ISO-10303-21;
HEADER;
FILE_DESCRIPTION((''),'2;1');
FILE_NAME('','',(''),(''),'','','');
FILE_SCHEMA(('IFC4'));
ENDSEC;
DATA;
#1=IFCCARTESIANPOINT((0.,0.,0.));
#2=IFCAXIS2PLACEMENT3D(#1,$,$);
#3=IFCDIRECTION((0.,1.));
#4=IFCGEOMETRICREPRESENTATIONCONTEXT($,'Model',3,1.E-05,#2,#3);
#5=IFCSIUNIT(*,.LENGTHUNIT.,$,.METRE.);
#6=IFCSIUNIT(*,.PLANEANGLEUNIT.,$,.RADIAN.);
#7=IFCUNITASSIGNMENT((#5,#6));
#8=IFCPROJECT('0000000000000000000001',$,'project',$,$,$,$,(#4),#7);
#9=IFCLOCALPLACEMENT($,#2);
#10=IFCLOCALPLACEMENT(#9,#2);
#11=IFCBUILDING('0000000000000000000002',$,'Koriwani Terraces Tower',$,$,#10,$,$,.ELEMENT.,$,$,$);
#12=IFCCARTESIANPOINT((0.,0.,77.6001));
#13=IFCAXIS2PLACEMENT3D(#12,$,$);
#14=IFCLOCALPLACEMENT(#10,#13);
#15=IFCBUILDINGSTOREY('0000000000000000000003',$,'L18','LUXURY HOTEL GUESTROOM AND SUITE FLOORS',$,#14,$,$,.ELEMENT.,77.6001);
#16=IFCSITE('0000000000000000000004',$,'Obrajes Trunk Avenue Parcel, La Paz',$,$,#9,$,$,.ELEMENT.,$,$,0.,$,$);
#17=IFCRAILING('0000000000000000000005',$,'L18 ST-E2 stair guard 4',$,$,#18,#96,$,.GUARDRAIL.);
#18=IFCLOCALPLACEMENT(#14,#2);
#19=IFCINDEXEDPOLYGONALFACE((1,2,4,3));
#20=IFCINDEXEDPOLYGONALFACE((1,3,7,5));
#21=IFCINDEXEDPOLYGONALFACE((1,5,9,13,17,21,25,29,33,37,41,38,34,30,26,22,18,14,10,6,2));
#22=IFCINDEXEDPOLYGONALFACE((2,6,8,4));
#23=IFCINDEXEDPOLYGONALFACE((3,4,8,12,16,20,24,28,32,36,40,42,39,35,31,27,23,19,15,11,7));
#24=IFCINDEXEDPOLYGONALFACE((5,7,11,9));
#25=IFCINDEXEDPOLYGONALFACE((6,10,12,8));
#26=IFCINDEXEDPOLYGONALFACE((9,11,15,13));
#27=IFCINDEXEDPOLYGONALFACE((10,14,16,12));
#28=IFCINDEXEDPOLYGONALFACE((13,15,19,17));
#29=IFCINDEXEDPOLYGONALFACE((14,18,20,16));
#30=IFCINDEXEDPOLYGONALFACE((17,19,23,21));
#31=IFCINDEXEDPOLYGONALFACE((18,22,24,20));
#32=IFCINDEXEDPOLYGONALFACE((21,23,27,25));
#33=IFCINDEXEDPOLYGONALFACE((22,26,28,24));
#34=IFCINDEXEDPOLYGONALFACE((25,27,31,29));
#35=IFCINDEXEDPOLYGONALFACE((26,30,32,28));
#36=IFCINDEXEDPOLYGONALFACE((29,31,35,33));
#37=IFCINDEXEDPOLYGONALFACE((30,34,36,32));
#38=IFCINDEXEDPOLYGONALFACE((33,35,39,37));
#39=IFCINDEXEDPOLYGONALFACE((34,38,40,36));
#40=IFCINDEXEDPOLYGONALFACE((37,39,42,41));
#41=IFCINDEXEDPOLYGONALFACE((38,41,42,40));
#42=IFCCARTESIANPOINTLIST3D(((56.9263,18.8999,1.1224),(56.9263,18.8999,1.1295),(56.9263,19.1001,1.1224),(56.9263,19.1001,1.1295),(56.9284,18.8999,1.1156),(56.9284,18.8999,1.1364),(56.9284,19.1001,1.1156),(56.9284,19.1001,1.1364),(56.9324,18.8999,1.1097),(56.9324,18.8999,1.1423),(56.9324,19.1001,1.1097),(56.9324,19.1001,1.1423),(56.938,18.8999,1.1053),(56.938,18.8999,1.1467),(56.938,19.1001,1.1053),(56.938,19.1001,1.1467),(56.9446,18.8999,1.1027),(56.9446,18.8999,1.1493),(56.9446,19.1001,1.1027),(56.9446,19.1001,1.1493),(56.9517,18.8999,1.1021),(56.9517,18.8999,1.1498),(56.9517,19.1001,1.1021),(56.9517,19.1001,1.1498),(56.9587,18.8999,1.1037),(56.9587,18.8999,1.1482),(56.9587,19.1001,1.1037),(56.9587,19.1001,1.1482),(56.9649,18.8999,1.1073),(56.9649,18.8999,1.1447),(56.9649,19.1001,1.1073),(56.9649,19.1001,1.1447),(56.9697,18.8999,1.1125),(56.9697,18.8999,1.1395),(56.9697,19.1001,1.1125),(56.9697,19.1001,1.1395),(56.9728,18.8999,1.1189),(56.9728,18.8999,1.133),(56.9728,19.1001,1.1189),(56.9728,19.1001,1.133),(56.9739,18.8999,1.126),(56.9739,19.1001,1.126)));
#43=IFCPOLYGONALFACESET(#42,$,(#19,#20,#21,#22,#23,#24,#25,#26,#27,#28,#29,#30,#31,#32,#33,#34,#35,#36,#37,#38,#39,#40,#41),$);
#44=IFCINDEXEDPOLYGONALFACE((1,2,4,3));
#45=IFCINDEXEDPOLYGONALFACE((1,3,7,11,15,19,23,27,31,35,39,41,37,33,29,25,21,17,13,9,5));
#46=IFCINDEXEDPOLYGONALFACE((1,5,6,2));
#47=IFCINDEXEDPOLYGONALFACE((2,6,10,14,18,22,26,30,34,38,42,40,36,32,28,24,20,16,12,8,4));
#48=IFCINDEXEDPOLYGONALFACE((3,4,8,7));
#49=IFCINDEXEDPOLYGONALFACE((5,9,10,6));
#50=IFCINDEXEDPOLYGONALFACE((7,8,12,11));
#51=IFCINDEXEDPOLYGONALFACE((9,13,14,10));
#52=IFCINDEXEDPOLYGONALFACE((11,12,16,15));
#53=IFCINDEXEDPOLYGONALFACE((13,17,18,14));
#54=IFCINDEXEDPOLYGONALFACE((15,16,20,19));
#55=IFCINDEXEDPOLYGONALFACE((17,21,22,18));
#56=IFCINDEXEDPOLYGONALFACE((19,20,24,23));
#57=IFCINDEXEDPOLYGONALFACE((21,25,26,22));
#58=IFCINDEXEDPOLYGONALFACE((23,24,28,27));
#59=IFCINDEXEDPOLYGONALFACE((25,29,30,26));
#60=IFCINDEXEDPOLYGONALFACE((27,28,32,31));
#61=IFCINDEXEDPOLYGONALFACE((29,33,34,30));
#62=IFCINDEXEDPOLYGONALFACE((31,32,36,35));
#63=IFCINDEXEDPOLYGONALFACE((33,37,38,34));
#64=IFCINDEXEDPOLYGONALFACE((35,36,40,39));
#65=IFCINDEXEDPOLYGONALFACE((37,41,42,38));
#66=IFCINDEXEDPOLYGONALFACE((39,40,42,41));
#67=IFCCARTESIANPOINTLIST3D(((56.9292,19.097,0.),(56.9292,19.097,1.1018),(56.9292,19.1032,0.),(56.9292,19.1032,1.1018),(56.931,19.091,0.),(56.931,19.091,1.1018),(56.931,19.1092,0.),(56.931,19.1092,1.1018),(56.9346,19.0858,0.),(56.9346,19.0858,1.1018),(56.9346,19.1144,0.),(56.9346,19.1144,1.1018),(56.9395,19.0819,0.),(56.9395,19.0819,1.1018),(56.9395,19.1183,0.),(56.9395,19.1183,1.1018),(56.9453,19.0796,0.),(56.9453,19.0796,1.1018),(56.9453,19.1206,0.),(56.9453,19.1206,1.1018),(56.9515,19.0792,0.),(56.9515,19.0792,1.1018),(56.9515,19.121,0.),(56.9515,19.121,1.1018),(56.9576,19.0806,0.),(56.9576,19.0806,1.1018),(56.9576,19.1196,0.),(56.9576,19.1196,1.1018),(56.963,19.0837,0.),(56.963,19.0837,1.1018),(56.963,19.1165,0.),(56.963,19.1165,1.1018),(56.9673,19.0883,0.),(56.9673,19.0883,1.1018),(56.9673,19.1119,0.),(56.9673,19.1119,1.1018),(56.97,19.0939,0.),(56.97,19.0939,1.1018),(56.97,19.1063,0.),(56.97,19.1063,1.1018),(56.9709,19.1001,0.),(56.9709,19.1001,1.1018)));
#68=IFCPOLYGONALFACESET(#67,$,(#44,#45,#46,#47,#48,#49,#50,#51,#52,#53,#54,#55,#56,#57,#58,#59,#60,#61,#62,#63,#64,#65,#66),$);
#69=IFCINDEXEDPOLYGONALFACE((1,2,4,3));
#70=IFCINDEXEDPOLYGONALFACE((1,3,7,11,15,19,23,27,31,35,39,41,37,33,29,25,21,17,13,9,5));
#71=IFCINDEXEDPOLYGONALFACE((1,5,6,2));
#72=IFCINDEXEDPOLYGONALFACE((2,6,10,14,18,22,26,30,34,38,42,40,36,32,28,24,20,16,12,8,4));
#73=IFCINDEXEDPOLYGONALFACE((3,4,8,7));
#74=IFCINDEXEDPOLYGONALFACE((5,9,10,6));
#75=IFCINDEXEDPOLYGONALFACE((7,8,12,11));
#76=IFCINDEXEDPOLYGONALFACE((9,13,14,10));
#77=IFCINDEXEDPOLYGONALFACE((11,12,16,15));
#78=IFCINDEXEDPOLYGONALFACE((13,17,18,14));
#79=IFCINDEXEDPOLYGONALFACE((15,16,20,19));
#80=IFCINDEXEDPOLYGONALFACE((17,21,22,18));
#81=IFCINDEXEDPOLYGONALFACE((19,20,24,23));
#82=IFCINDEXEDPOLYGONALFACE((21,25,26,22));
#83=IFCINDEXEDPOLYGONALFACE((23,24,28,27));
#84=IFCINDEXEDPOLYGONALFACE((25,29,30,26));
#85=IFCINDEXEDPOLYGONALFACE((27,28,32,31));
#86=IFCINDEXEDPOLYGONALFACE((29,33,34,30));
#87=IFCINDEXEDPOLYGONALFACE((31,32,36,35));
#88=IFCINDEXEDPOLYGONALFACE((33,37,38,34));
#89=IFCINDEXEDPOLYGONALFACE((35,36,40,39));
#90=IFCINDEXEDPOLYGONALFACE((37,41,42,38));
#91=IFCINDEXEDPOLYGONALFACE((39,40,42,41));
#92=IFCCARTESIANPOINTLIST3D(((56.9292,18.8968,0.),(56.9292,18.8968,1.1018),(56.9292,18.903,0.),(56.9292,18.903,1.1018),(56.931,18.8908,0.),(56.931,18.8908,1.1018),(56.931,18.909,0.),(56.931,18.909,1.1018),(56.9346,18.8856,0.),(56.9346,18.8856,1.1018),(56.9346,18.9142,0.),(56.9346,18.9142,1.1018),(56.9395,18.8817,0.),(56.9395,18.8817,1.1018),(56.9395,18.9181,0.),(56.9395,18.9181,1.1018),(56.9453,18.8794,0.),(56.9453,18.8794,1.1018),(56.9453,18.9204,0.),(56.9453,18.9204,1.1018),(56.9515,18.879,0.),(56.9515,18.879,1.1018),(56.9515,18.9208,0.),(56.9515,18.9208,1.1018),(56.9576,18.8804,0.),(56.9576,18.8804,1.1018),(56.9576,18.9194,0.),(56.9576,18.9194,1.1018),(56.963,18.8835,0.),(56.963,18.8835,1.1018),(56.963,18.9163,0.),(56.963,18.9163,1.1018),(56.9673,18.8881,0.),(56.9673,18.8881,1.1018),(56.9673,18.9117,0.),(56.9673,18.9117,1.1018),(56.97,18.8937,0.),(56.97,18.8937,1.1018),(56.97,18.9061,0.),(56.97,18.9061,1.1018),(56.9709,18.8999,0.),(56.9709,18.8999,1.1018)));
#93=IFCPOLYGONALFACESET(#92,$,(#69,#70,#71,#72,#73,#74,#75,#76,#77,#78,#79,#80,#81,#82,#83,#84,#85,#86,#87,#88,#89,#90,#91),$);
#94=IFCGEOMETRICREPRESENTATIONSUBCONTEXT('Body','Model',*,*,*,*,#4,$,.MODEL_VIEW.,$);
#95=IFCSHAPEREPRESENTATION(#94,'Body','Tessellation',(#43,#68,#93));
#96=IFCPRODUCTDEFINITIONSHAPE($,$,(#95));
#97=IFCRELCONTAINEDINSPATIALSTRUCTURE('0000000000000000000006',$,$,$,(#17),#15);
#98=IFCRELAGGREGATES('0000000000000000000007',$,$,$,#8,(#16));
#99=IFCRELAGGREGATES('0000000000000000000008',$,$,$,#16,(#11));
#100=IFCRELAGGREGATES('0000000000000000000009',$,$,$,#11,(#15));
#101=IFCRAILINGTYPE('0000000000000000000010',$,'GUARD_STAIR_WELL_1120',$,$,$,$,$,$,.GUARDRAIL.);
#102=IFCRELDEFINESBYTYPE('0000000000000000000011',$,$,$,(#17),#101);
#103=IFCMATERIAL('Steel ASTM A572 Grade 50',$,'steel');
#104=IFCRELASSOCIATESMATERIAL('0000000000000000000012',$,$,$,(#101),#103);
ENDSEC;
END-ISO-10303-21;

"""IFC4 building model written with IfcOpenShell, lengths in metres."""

from ifc_helpers import new_model, si_unit, direction, frame, origin, origin_2d, place, context, subcontext, project, spatial, circle, extrude, material, type_object, element, save


model = new_model("IFC4")

# Units and contexts
model_context = context("Model", 3, precision=1e-05, world=origin(), true_north=direction((0.0, 1.0)))
body_context = subcontext(model_context, "Body", "Model", "MODEL_VIEW")
ifc_project = project(units=[si_unit("LENGTHUNIT", "METRE"), si_unit("PLANEANGLEUNIT", "RADIAN")], contexts=[model_context])

# Site, building, storey
site_placement = place(None, origin())
site = spatial("IfcSite", under=ifc_project, at=site_placement, Name="Obrajes Trunk Avenue Parcel, La Paz", CompositionType="ELEMENT", RefElevation=0.0)
building_placement = place(site_placement, origin())
building = spatial("IfcBuilding", under=site, at=building_placement, Name="Koriwani Terraces Tower", CompositionType="ELEMENT")
storey_placement = place(building_placement, frame((0.0, 0.0, 77.6001)))
storey = spatial("IfcBuildingStorey", under=building, at=storey_placement, Name="L18", Description="LUXURY HOTEL GUESTROOM AND SUITE FLOORS", CompositionType="ELEMENT", Elevation=77.6001)

# Shared definitions
ifc_material_1 = material(Name="Steel ASTM A572 Grade 50", Category="steel")

# Railing
railing_type_1 = type_object("IfcRailingType", Name="GUARD_STAIR_WELL_1120", PredefinedType="GUARDRAIL", material=ifc_material_1)
railing_1_placement = place(storey_placement, frame((56.95, 19.1001, 0.0)))
element("IfcRailing", 1, at=railing_1_placement, inside=storey, type_object=railing_type_1, Name="L18 ST-E2 stair guard 4", PredefinedType="GUARDRAIL", context=body_context, shape_type="SweptSolid", body=[
    extrude(circle(Radius=0.0239, at=origin_2d()), frame((0.0, 0.0, 1.126), z_axis=(0.0, -1.0, 0.0), x_axis=(1.0, 0.0, 0.0)), (0.0, 0.0, 1.0), 0.2002),
    extrude(circle(Radius=0.021, at=origin_2d()), origin(), (0.0, 0.0, 1.0), 1.1018),
    extrude(circle(Radius=0.021, at=origin_2d()), frame((0.0, -0.2002, 0.0)), (0.0, 0.0, 1.0), 1.1018),
])

save(model, "model.ifc")
